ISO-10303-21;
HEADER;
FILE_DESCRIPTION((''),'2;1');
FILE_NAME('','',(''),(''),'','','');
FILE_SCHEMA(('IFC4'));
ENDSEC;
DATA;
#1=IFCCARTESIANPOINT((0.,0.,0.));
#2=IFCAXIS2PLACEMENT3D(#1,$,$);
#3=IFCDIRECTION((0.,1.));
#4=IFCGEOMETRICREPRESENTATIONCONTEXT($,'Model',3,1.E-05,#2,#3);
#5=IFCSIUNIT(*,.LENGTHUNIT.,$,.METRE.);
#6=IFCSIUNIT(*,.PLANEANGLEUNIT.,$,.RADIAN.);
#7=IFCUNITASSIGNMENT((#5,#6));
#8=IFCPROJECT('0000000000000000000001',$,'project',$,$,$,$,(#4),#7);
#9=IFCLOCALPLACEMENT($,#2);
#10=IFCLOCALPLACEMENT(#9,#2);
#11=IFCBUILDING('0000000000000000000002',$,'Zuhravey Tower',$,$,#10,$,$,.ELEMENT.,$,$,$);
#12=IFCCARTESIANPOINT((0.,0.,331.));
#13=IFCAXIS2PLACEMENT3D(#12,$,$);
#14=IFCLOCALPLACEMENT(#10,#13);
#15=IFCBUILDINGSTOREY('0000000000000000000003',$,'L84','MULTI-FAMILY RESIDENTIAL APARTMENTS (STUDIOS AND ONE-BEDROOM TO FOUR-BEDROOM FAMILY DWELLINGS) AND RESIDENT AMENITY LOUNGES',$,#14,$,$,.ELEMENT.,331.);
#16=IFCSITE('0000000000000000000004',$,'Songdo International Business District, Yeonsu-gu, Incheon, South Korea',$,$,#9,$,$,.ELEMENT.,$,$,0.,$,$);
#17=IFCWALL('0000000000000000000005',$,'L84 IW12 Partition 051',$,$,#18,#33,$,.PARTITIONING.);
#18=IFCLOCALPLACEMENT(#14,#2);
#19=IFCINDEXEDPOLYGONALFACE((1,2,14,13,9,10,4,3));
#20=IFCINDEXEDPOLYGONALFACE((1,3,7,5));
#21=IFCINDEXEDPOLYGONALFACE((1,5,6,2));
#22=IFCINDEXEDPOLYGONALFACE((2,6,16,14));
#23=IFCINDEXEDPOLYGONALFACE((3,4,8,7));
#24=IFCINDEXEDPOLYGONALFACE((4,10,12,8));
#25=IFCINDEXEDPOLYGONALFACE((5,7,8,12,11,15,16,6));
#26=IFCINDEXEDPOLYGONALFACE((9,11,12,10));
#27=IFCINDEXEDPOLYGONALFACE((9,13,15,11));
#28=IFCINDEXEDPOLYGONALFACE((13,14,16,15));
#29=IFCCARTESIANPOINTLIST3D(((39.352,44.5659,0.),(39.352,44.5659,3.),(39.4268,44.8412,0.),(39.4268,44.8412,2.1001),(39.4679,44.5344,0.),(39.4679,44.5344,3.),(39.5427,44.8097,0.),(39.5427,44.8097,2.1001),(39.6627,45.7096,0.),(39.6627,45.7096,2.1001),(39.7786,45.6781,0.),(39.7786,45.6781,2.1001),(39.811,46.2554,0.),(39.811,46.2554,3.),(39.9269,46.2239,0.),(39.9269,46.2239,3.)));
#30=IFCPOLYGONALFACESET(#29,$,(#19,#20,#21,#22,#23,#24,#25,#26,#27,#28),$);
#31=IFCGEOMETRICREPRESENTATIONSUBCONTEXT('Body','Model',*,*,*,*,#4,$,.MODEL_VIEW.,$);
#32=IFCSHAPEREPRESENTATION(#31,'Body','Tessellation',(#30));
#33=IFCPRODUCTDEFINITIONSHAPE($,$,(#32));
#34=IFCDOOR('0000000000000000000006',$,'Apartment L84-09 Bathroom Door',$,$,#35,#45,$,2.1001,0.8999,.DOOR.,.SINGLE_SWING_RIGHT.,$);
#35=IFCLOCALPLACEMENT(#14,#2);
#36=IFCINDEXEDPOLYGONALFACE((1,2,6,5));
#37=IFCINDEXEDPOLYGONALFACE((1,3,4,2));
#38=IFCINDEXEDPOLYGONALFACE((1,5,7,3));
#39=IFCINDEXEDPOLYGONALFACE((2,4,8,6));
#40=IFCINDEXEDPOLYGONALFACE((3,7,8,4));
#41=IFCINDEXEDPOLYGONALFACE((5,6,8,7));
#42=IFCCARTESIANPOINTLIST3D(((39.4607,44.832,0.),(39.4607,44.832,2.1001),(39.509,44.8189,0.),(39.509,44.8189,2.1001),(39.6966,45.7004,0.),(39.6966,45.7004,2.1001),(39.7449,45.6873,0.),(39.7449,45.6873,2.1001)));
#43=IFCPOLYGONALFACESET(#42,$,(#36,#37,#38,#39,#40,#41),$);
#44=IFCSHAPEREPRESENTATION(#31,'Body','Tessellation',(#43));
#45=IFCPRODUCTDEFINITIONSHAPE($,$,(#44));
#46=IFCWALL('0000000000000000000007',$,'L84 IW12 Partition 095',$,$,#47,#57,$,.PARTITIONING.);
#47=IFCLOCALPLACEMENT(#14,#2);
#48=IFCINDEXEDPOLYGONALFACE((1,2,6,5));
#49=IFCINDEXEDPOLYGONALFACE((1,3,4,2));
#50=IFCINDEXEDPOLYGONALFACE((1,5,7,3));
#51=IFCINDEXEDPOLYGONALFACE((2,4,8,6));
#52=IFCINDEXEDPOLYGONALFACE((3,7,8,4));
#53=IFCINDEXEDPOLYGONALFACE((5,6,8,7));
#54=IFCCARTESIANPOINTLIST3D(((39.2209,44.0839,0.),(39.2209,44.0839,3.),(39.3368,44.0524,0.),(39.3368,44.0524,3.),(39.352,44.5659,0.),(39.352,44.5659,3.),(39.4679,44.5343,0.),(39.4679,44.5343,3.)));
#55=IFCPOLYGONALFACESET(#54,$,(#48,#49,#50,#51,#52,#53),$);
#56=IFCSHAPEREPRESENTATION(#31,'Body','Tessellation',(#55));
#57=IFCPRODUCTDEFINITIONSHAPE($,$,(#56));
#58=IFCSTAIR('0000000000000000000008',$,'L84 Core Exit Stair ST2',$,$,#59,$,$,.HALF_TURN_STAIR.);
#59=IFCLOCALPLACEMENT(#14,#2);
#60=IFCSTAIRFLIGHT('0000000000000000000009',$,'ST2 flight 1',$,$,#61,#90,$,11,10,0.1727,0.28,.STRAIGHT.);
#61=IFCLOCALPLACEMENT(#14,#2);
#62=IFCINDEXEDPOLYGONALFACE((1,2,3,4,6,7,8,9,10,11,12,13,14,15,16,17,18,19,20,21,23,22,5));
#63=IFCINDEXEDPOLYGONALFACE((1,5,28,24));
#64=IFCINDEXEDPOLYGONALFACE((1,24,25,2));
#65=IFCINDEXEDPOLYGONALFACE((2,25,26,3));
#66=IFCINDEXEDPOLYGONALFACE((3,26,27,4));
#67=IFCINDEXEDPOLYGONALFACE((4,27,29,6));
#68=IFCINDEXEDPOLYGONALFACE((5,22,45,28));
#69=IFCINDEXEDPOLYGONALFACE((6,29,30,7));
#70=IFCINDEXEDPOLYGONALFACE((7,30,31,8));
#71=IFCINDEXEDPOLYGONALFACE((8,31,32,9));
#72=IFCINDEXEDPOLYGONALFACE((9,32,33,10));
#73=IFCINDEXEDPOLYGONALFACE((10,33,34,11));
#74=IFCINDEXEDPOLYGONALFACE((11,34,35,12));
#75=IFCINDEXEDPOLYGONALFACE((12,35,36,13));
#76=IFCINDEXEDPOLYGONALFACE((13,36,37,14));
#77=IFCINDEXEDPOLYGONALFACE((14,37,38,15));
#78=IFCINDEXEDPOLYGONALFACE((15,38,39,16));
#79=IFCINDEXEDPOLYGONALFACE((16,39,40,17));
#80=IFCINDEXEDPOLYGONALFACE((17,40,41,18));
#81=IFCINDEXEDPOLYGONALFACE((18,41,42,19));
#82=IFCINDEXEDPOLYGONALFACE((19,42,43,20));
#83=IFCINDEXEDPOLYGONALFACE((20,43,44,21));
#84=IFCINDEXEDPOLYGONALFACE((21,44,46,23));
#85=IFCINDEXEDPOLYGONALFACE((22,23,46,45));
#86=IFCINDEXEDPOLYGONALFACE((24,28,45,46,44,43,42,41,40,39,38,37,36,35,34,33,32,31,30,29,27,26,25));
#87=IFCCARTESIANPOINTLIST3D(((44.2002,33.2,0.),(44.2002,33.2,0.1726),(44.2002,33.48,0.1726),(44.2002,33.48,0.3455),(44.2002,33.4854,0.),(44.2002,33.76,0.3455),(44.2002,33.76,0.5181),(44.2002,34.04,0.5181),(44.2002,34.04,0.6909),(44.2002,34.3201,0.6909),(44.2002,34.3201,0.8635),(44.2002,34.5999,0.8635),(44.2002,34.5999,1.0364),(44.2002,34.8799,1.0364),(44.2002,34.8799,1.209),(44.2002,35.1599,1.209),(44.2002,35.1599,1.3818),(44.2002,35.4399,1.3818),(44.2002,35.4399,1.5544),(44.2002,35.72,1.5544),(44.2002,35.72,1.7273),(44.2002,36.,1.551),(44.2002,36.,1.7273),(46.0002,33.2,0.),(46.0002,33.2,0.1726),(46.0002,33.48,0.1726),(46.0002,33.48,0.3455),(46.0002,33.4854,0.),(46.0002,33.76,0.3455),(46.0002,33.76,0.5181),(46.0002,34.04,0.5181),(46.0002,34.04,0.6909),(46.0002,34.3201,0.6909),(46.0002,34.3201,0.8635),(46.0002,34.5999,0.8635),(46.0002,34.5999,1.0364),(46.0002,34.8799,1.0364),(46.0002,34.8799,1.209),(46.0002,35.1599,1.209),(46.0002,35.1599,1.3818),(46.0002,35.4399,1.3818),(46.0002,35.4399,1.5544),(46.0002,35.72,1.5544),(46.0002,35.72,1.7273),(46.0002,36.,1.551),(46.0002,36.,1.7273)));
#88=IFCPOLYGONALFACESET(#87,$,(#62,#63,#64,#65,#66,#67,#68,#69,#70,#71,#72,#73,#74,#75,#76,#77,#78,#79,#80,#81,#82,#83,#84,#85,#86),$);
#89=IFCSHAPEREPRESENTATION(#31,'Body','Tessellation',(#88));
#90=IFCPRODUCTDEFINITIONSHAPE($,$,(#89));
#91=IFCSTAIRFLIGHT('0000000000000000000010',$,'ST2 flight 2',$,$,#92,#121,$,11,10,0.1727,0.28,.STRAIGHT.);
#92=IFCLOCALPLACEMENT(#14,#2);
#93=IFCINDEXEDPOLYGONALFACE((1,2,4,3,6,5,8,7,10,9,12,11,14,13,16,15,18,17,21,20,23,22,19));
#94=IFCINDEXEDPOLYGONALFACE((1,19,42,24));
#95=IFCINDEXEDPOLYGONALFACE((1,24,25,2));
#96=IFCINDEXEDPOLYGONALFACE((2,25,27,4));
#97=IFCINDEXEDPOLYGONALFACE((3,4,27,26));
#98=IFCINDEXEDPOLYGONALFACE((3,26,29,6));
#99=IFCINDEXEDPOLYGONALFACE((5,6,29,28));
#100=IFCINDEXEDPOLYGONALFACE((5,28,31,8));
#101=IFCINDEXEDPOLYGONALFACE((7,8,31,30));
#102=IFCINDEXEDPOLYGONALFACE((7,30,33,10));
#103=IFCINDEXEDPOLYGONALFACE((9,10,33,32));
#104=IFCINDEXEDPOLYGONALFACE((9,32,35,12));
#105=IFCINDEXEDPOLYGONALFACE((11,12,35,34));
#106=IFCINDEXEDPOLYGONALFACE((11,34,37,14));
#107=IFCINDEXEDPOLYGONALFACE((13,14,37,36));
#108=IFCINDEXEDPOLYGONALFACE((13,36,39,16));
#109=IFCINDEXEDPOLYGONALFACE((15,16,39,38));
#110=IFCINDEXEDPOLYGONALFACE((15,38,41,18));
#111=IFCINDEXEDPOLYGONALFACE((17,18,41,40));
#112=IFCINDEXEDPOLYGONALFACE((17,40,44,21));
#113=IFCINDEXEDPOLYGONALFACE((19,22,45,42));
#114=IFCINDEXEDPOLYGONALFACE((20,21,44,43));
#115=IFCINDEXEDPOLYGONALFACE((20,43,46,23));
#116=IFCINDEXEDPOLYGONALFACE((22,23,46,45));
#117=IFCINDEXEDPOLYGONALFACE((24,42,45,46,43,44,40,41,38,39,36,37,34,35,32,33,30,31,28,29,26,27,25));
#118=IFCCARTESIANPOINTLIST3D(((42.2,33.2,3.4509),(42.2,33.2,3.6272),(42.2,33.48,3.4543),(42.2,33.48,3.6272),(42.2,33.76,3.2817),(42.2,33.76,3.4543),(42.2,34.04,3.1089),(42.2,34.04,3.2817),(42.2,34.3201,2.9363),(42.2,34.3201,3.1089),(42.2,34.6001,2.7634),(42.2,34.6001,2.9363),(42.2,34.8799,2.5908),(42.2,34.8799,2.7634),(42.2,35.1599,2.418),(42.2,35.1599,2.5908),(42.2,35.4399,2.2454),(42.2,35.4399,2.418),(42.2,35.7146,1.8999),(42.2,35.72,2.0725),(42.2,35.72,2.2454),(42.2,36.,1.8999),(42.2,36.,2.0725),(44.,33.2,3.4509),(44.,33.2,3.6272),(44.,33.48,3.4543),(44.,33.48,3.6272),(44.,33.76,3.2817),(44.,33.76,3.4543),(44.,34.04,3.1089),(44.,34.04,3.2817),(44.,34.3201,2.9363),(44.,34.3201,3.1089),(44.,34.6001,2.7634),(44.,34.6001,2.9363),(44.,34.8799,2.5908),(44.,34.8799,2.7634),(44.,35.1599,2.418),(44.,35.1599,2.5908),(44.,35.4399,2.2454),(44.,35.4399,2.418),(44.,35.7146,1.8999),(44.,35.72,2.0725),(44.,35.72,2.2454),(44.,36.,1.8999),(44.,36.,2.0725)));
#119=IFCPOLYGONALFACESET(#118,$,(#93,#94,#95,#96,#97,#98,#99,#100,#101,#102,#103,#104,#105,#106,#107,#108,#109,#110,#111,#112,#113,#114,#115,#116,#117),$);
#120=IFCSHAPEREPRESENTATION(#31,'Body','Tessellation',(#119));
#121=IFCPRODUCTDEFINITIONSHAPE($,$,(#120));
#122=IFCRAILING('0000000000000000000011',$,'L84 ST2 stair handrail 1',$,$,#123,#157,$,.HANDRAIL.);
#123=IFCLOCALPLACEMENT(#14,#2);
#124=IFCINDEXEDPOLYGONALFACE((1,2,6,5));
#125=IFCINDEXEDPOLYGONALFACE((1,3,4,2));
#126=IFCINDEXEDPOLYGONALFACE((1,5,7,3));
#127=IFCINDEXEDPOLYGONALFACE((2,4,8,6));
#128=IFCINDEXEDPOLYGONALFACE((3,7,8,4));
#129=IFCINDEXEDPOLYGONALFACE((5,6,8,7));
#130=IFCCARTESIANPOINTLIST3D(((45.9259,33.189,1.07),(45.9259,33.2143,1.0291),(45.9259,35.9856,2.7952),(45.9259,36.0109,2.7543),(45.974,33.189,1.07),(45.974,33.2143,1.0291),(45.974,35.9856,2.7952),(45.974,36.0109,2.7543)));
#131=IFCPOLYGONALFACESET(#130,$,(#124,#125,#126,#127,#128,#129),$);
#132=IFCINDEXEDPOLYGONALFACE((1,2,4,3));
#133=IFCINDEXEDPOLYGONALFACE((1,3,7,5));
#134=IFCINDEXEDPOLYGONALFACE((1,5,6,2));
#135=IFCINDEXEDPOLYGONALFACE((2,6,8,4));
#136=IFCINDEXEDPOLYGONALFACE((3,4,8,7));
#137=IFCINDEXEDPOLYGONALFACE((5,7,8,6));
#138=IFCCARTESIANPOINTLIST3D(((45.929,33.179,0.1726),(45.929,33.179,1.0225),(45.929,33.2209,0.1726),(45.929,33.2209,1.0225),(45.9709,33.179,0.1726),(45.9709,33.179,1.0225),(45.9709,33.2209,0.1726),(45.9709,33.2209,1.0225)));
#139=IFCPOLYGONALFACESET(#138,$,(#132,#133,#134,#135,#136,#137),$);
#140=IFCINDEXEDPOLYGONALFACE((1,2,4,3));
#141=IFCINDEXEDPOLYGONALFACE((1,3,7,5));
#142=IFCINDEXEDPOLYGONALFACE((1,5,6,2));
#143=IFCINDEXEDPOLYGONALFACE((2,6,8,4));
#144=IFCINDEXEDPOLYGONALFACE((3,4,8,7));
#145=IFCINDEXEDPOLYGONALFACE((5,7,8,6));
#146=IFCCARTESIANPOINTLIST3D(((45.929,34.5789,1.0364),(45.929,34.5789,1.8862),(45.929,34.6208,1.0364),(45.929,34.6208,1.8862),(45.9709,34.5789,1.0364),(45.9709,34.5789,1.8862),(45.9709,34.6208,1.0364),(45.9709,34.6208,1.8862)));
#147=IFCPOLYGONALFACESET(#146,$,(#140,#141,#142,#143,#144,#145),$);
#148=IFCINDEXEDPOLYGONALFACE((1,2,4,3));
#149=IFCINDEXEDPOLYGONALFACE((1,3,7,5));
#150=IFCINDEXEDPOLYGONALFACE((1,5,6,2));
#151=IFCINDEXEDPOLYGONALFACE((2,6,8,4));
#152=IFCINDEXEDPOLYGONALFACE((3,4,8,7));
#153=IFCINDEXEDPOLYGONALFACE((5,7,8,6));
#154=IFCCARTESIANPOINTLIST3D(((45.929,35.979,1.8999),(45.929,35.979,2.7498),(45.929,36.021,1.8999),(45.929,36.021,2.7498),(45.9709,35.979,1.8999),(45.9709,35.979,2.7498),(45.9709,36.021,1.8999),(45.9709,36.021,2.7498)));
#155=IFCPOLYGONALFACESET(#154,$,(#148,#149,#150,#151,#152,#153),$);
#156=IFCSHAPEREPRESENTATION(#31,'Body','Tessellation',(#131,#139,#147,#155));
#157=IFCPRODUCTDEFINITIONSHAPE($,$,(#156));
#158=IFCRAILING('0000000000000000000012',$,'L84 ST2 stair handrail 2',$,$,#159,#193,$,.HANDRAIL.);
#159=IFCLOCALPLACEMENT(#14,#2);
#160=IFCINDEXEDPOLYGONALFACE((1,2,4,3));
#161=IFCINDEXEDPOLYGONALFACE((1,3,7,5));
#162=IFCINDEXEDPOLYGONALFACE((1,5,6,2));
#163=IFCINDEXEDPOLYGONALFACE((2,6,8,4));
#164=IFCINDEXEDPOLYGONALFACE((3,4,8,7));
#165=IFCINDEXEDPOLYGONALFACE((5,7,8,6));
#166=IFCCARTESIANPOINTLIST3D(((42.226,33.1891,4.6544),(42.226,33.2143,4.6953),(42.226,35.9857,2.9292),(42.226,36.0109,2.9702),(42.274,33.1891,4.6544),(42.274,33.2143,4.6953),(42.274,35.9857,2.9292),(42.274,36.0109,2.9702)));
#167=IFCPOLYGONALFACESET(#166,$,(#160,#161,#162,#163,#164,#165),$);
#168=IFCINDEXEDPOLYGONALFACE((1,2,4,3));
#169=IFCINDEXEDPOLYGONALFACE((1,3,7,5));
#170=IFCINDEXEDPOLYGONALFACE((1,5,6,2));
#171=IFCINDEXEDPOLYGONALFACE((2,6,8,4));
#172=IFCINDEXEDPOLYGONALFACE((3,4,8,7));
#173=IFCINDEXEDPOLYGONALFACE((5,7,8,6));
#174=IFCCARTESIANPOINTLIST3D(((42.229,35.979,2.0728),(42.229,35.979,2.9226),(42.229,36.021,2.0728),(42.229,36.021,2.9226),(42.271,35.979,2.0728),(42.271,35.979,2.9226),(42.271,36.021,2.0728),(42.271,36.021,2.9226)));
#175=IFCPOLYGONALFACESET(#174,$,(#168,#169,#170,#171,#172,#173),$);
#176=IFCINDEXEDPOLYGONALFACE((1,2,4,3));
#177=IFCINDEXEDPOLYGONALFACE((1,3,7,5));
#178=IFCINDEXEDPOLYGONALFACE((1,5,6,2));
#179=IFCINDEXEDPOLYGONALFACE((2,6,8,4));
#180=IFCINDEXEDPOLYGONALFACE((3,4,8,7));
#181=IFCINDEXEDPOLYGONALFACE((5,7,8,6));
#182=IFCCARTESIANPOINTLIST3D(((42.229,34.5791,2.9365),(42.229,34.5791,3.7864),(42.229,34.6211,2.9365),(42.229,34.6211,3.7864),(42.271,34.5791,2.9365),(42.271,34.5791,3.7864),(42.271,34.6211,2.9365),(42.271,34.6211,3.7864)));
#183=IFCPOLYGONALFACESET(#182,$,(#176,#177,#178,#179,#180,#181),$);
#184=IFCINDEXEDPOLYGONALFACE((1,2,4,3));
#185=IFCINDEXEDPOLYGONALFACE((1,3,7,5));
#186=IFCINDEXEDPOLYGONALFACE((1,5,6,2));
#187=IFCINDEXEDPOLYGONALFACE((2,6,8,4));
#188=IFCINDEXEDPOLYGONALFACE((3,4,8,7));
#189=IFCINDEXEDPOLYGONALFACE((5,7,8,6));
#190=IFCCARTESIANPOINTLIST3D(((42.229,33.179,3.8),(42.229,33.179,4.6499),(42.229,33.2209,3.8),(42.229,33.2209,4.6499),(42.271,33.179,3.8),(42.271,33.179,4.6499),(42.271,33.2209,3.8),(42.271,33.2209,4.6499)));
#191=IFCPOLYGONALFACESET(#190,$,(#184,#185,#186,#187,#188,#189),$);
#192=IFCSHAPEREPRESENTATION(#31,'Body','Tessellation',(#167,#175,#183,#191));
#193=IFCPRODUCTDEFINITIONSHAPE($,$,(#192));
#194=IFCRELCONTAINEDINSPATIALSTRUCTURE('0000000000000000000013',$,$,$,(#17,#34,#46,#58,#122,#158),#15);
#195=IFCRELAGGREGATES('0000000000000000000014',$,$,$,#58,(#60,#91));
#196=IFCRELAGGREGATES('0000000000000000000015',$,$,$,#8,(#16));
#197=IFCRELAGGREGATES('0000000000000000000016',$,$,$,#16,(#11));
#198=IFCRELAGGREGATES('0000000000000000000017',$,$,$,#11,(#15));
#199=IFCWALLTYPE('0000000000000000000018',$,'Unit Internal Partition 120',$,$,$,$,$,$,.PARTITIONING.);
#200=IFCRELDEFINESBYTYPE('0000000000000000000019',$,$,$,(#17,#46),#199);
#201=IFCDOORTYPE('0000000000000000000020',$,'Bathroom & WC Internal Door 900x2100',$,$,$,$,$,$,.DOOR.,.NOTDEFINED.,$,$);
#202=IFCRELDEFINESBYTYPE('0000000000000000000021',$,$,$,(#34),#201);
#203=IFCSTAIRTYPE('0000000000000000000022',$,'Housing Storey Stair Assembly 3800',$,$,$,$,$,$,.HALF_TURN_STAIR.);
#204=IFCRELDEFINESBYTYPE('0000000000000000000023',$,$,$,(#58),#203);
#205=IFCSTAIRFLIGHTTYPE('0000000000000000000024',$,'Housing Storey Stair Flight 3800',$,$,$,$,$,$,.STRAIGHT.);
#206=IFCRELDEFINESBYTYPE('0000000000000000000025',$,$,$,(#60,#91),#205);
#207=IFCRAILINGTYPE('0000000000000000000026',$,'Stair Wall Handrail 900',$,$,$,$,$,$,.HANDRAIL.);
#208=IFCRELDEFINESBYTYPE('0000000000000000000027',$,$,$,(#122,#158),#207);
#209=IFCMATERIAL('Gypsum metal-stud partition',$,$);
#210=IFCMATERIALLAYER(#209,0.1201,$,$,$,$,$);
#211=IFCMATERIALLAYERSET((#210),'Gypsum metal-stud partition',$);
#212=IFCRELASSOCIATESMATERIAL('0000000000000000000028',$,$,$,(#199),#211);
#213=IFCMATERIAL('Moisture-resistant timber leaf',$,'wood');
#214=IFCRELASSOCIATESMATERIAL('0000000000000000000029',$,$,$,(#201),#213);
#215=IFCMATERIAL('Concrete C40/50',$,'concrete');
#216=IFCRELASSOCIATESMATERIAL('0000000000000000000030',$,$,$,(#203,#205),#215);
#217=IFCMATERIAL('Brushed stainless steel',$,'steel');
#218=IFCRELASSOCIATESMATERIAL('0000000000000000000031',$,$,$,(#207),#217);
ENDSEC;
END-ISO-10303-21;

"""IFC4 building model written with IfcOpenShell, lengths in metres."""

from ifc_helpers import new_model, si_unit, direction, frame, frame_2d, origin, origin_2d, place, context, subcontext, project, spatial, polyline, rectangle, outline, extrude, material, layer, layer_set, type_object, element, fill, aggregate, save


model = new_model("IFC4")

# Units and contexts
model_context = context("Model", 3, precision=1e-05, world=origin(), true_north=direction((0.0, 1.0)))
body_context = subcontext(model_context, "Body", "Model", "MODEL_VIEW")
ifc_project = project(units=[si_unit("LENGTHUNIT", "METRE"), si_unit("PLANEANGLEUNIT", "RADIAN")], contexts=[model_context])

# Site, building, storey
site_placement = place(None, origin())
site = spatial("IfcSite", under=ifc_project, at=site_placement, Name="Songdo International Business District, Yeonsu-gu, Incheon, South Korea", CompositionType="ELEMENT", RefElevation=0.0)
building_placement = place(site_placement, origin())
building = spatial("IfcBuilding", under=site, at=building_placement, Name="Zuhravey Tower", CompositionType="ELEMENT")
storey_placement = place(building_placement, frame((0.0, 0.0, 331.0)))
storey = spatial("IfcBuildingStorey", under=building, at=storey_placement, Name="L84", Description="MULTI-FAMILY RESIDENTIAL APARTMENTS (STUDIOS AND ONE-BEDROOM TO FOUR-BEDROOM FAMILY DWELLINGS) AND RESIDENT AMENITY LOUNGES", CompositionType="ELEMENT", Elevation=331.0)

# Wall, opening, door
ifc_material_1 = material(Name="Gypsum metal-stud partition")
ifc_layer_1 = layer(ifc_material_1, 0.1201)
ifc_layer_set_1 = layer_set([ifc_layer_1], Name="Gypsum metal-stud partition")
wall_type_1 = type_object("IfcWallType", Name="Unit Internal Partition 120", PredefinedType="PARTITIONING", material=ifc_layer_set_1)
wall_1_placement = place(storey_placement, frame((39.4099, 44.55, 0.0), z_axis=(0.0, 0.0, 1.0), x_axis=(0.262173, 0.965021, 0.0)))
wall_1 = element("IfcWall", 1, at=wall_1_placement, inside=storey, type_object=wall_type_1, Name="L84 IW12 Partition 051", PredefinedType="PARTITIONING", context=body_context, shape_type="SweptSolid", body=[
    extrude(rectangle(XDim=1.7507, YDim=0.1201, at=frame_2d((0.8755, 0.0))), origin(), (0.0, 0.0, 1.0), 3.0),
])
opening_1_placement = place(wall_1_placement, frame((0.2854, 0.0, 0.0)))
opening_1 = element("IfcOpeningElement", 2, at=opening_1_placement, cuts=wall_1, PredefinedType="OPENING", context=body_context, shape_type="SweptSolid", body=[
    extrude(rectangle(XDim=0.8999, YDim=2.1001, at=frame_2d((0.45, 1.05))), frame((0.0, 0.072, 0.0), z_axis=(0.0, -1.0, 0.0), x_axis=(1.0, 0.0, 0.0)), (0.0, 0.0, 1.0), 0.144),
])
ifc_material_2 = material(Name="Moisture-resistant timber leaf", Category="wood")
door_type_1 = type_object("IfcDoorType", Name="Bathroom & WC Internal Door 900x2100", OperationType="NOTDEFINED", PredefinedType="DOOR", material=ifc_material_2)
door_1_placement = place(opening_1_placement, origin())
door_1 = element("IfcDoor", 3, at=door_1_placement, inside=storey, type_object=door_type_1, Name="Apartment L84-09 Bathroom Door", OperationType="SINGLE_SWING_RIGHT", OverallHeight=2.1001, OverallWidth=0.8999, PredefinedType="DOOR", context=body_context, shape_type="SweptSolid", body=[
    extrude(rectangle(XDim=0.8999, YDim=2.1001, at=frame_2d((0.45, 1.05))), frame((0.0, 0.0249, 0.0), z_axis=(0.0, -1.0, 0.0), x_axis=(1.0, 0.0, 0.0)), (0.0, 0.0, 1.0), 0.05),
])
fill(opening_1, door_1)

# Wall
wall_2_placement = place(storey_placement, frame((39.2788, 44.0681, 0.0), z_axis=(0.0, 0.0, 1.0), x_axis=(0.262497, 0.964933, 0.0)))
element("IfcWall", 4, at=wall_2_placement, inside=storey, type_object=wall_type_1, Name="L84 IW12 Partition 095", PredefinedType="PARTITIONING", context=body_context, shape_type="SweptSolid", body=[
    extrude(rectangle(XDim=0.4995, YDim=0.1201, at=frame_2d((0.2498, 0.0))), origin(), (0.0, 0.0, 1.0), 3.0),
])

# Stair, stair flights
ifc_material_3 = material(Name="Concrete C40/50", Category="concrete")
stair_type = type_object("IfcStairType", Name="Housing Storey Stair Assembly 3800", PredefinedType="HALF_TURN_STAIR", material=ifc_material_3)
stair_placement = place(storey_placement, origin())
stair = element("IfcStair", 5, at=stair_placement, inside=storey, type_object=stair_type, Name="L84 Core Exit Stair ST2", PredefinedType="HALF_TURN_STAIR")
stair_flight_type = type_object("IfcStairFlightType", Name="Housing Storey Stair Flight 3800", PredefinedType="STRAIGHT", material=ifc_material_3)
stair_flight_1_placement = place(storey_placement, frame((45.1001, 33.2, 0.0), z_axis=(0.0, 0.0, 1.0), x_axis=(0.0, 1.0, 0.0)))
stair_flight_1 = element("IfcStairFlight", 6, at=stair_flight_1_placement, type_object=stair_flight_type, Name="ST2 flight 1", NumberOfRisers=11, NumberOfTreads=10, PredefinedType="STRAIGHT", RiserHeight=0.1727, TreadLength=0.28, context=body_context, shape_type="SweptSolid", body=[
    extrude(outline(polyline([(0.0, 0.0), (0.0, 0.1726), (0.28, 0.1726), (0.28, 0.3455), (0.5601, 0.3455), (0.5601, 0.5181), (0.8401, 0.5181), (0.8401, 0.6909), (1.1201, 0.6909), (1.1201, 0.8635), (1.3999, 0.8635), (1.3999, 1.0364), (1.6799, 1.0364), (1.6799, 1.209), (1.96, 1.209), (1.96, 1.3818), (2.24, 1.3818), (2.24, 1.5544), (2.52, 1.5544), (2.52, 1.7273), (2.8, 1.7273), (2.8, 1.8999), (2.8, 1.551), (0.2854, 0.0), (0.0, 0.0)])), frame((0.0, 0.8999, 0.0), z_axis=(0.0, -1.0, 0.0), x_axis=(1.0, 0.0, 0.0)), (0.0, 0.0, 1.0), 1.8),
])
stair_flight_2_placement = place(storey_placement, frame((43.1001, 36.0, 1.8999), z_axis=(0.0, 0.0, 1.0), x_axis=(0.0, -1.0, 0.0)))
stair_flight_2 = element("IfcStairFlight", 7, at=stair_flight_2_placement, type_object=stair_flight_type, Name="ST2 flight 2", NumberOfRisers=11, NumberOfTreads=10, PredefinedType="STRAIGHT", RiserHeight=0.1727, TreadLength=0.28, context=body_context, shape_type="SweptSolid", body=[
    extrude(outline(polyline([(0.0, 0.0), (0.0, 0.1726), (0.28, 0.1726), (0.28, 0.3455), (0.5601, 0.3455), (0.5601, 0.5181), (0.8401, 0.5181), (0.8401, 0.6909), (1.1201, 0.6909), (1.1201, 0.8635), (1.3999, 0.8635), (1.3999, 1.0364), (1.6799, 1.0364), (1.6799, 1.209), (1.96, 1.209), (1.96, 1.3818), (2.24, 1.3818), (2.24, 1.5544), (2.52, 1.5544), (2.52, 1.7273), (2.8, 1.7273), (2.8, 1.8999), (2.8, 1.551), (0.2854, 0.0), (0.0, 0.0)])), frame((0.0, 0.8999, 0.0), z_axis=(0.0, -1.0, 0.0), x_axis=(1.0, 0.0, 0.0)), (0.0, 0.0, 1.0), 1.8),
])
aggregate(stair, [stair_flight_1, stair_flight_2])

# Railings
ifc_material_4 = material(Name="Brushed stainless steel", Category="steel")
railing_type_1 = type_object("IfcRailingType", Name="Stair Wall Handrail 900", PredefinedType="HANDRAIL", material=ifc_material_4)
railing_1_placement = place(storey_placement, frame((45.95, 33.2, 0.1726)))
element("IfcRailing", 8, at=railing_1_placement, inside=storey, type_object=railing_type_1, Name="L84 ST2 stair handrail 1", PredefinedType="HANDRAIL", context=body_context, shape_type="SweptSolid", body=[
    extrude(rectangle(XDim=0.0481, YDim=0.0481, at=origin_2d()), frame((0.0, 0.0017, 0.877), z_axis=(0.0, 0.85109, 0.52502), x_axis=(-1.0, 0.0, 0.0)), (0.0, 0.0, 1.0), 3.2859),
    extrude(rectangle(XDim=0.042, YDim=0.042, at=origin_2d()), origin(), (0.0, 0.0, 1.0), 0.8499),
    extrude(rectangle(XDim=0.042, YDim=0.042, at=origin_2d()), frame((0.0, 1.3999, 0.8638)), (0.0, 0.0, 1.0), 0.8499),
    extrude(rectangle(XDim=0.042, YDim=0.042, at=origin_2d()), frame((0.0, 2.8, 1.7273)), (0.0, 0.0, 1.0), 0.8499),
])
railing_2_placement = place(storey_placement, frame((42.25, 36.0, 2.0728)))
element("IfcRailing", 9, at=railing_2_placement, inside=storey, type_object=railing_type_1, Name="L84 ST2 stair handrail 2", PredefinedType="HANDRAIL", context=body_context, shape_type="SweptSolid", body=[
    extrude(rectangle(XDim=0.0481, YDim=0.0481, at=origin_2d()), frame((0.0, -0.0017, 0.877), z_axis=(0.0, -0.85109, 0.52502), x_axis=(1.0, 0.0, 0.0)), (0.0, 0.0, 1.0), 3.2859),
    extrude(rectangle(XDim=0.042, YDim=0.042, at=origin_2d()), origin(), (0.0, 0.0, 1.0), 0.8499),
    extrude(rectangle(XDim=0.042, YDim=0.042, at=origin_2d()), frame((0.0, -1.3999, 0.8638)), (0.0, 0.0, 1.0), 0.8499),
    extrude(rectangle(XDim=0.042, YDim=0.042, at=origin_2d()), frame((0.0, -2.8, 1.7273)), (0.0, 0.0, 1.0), 0.8499),
])

save(model, "model.ifc")
